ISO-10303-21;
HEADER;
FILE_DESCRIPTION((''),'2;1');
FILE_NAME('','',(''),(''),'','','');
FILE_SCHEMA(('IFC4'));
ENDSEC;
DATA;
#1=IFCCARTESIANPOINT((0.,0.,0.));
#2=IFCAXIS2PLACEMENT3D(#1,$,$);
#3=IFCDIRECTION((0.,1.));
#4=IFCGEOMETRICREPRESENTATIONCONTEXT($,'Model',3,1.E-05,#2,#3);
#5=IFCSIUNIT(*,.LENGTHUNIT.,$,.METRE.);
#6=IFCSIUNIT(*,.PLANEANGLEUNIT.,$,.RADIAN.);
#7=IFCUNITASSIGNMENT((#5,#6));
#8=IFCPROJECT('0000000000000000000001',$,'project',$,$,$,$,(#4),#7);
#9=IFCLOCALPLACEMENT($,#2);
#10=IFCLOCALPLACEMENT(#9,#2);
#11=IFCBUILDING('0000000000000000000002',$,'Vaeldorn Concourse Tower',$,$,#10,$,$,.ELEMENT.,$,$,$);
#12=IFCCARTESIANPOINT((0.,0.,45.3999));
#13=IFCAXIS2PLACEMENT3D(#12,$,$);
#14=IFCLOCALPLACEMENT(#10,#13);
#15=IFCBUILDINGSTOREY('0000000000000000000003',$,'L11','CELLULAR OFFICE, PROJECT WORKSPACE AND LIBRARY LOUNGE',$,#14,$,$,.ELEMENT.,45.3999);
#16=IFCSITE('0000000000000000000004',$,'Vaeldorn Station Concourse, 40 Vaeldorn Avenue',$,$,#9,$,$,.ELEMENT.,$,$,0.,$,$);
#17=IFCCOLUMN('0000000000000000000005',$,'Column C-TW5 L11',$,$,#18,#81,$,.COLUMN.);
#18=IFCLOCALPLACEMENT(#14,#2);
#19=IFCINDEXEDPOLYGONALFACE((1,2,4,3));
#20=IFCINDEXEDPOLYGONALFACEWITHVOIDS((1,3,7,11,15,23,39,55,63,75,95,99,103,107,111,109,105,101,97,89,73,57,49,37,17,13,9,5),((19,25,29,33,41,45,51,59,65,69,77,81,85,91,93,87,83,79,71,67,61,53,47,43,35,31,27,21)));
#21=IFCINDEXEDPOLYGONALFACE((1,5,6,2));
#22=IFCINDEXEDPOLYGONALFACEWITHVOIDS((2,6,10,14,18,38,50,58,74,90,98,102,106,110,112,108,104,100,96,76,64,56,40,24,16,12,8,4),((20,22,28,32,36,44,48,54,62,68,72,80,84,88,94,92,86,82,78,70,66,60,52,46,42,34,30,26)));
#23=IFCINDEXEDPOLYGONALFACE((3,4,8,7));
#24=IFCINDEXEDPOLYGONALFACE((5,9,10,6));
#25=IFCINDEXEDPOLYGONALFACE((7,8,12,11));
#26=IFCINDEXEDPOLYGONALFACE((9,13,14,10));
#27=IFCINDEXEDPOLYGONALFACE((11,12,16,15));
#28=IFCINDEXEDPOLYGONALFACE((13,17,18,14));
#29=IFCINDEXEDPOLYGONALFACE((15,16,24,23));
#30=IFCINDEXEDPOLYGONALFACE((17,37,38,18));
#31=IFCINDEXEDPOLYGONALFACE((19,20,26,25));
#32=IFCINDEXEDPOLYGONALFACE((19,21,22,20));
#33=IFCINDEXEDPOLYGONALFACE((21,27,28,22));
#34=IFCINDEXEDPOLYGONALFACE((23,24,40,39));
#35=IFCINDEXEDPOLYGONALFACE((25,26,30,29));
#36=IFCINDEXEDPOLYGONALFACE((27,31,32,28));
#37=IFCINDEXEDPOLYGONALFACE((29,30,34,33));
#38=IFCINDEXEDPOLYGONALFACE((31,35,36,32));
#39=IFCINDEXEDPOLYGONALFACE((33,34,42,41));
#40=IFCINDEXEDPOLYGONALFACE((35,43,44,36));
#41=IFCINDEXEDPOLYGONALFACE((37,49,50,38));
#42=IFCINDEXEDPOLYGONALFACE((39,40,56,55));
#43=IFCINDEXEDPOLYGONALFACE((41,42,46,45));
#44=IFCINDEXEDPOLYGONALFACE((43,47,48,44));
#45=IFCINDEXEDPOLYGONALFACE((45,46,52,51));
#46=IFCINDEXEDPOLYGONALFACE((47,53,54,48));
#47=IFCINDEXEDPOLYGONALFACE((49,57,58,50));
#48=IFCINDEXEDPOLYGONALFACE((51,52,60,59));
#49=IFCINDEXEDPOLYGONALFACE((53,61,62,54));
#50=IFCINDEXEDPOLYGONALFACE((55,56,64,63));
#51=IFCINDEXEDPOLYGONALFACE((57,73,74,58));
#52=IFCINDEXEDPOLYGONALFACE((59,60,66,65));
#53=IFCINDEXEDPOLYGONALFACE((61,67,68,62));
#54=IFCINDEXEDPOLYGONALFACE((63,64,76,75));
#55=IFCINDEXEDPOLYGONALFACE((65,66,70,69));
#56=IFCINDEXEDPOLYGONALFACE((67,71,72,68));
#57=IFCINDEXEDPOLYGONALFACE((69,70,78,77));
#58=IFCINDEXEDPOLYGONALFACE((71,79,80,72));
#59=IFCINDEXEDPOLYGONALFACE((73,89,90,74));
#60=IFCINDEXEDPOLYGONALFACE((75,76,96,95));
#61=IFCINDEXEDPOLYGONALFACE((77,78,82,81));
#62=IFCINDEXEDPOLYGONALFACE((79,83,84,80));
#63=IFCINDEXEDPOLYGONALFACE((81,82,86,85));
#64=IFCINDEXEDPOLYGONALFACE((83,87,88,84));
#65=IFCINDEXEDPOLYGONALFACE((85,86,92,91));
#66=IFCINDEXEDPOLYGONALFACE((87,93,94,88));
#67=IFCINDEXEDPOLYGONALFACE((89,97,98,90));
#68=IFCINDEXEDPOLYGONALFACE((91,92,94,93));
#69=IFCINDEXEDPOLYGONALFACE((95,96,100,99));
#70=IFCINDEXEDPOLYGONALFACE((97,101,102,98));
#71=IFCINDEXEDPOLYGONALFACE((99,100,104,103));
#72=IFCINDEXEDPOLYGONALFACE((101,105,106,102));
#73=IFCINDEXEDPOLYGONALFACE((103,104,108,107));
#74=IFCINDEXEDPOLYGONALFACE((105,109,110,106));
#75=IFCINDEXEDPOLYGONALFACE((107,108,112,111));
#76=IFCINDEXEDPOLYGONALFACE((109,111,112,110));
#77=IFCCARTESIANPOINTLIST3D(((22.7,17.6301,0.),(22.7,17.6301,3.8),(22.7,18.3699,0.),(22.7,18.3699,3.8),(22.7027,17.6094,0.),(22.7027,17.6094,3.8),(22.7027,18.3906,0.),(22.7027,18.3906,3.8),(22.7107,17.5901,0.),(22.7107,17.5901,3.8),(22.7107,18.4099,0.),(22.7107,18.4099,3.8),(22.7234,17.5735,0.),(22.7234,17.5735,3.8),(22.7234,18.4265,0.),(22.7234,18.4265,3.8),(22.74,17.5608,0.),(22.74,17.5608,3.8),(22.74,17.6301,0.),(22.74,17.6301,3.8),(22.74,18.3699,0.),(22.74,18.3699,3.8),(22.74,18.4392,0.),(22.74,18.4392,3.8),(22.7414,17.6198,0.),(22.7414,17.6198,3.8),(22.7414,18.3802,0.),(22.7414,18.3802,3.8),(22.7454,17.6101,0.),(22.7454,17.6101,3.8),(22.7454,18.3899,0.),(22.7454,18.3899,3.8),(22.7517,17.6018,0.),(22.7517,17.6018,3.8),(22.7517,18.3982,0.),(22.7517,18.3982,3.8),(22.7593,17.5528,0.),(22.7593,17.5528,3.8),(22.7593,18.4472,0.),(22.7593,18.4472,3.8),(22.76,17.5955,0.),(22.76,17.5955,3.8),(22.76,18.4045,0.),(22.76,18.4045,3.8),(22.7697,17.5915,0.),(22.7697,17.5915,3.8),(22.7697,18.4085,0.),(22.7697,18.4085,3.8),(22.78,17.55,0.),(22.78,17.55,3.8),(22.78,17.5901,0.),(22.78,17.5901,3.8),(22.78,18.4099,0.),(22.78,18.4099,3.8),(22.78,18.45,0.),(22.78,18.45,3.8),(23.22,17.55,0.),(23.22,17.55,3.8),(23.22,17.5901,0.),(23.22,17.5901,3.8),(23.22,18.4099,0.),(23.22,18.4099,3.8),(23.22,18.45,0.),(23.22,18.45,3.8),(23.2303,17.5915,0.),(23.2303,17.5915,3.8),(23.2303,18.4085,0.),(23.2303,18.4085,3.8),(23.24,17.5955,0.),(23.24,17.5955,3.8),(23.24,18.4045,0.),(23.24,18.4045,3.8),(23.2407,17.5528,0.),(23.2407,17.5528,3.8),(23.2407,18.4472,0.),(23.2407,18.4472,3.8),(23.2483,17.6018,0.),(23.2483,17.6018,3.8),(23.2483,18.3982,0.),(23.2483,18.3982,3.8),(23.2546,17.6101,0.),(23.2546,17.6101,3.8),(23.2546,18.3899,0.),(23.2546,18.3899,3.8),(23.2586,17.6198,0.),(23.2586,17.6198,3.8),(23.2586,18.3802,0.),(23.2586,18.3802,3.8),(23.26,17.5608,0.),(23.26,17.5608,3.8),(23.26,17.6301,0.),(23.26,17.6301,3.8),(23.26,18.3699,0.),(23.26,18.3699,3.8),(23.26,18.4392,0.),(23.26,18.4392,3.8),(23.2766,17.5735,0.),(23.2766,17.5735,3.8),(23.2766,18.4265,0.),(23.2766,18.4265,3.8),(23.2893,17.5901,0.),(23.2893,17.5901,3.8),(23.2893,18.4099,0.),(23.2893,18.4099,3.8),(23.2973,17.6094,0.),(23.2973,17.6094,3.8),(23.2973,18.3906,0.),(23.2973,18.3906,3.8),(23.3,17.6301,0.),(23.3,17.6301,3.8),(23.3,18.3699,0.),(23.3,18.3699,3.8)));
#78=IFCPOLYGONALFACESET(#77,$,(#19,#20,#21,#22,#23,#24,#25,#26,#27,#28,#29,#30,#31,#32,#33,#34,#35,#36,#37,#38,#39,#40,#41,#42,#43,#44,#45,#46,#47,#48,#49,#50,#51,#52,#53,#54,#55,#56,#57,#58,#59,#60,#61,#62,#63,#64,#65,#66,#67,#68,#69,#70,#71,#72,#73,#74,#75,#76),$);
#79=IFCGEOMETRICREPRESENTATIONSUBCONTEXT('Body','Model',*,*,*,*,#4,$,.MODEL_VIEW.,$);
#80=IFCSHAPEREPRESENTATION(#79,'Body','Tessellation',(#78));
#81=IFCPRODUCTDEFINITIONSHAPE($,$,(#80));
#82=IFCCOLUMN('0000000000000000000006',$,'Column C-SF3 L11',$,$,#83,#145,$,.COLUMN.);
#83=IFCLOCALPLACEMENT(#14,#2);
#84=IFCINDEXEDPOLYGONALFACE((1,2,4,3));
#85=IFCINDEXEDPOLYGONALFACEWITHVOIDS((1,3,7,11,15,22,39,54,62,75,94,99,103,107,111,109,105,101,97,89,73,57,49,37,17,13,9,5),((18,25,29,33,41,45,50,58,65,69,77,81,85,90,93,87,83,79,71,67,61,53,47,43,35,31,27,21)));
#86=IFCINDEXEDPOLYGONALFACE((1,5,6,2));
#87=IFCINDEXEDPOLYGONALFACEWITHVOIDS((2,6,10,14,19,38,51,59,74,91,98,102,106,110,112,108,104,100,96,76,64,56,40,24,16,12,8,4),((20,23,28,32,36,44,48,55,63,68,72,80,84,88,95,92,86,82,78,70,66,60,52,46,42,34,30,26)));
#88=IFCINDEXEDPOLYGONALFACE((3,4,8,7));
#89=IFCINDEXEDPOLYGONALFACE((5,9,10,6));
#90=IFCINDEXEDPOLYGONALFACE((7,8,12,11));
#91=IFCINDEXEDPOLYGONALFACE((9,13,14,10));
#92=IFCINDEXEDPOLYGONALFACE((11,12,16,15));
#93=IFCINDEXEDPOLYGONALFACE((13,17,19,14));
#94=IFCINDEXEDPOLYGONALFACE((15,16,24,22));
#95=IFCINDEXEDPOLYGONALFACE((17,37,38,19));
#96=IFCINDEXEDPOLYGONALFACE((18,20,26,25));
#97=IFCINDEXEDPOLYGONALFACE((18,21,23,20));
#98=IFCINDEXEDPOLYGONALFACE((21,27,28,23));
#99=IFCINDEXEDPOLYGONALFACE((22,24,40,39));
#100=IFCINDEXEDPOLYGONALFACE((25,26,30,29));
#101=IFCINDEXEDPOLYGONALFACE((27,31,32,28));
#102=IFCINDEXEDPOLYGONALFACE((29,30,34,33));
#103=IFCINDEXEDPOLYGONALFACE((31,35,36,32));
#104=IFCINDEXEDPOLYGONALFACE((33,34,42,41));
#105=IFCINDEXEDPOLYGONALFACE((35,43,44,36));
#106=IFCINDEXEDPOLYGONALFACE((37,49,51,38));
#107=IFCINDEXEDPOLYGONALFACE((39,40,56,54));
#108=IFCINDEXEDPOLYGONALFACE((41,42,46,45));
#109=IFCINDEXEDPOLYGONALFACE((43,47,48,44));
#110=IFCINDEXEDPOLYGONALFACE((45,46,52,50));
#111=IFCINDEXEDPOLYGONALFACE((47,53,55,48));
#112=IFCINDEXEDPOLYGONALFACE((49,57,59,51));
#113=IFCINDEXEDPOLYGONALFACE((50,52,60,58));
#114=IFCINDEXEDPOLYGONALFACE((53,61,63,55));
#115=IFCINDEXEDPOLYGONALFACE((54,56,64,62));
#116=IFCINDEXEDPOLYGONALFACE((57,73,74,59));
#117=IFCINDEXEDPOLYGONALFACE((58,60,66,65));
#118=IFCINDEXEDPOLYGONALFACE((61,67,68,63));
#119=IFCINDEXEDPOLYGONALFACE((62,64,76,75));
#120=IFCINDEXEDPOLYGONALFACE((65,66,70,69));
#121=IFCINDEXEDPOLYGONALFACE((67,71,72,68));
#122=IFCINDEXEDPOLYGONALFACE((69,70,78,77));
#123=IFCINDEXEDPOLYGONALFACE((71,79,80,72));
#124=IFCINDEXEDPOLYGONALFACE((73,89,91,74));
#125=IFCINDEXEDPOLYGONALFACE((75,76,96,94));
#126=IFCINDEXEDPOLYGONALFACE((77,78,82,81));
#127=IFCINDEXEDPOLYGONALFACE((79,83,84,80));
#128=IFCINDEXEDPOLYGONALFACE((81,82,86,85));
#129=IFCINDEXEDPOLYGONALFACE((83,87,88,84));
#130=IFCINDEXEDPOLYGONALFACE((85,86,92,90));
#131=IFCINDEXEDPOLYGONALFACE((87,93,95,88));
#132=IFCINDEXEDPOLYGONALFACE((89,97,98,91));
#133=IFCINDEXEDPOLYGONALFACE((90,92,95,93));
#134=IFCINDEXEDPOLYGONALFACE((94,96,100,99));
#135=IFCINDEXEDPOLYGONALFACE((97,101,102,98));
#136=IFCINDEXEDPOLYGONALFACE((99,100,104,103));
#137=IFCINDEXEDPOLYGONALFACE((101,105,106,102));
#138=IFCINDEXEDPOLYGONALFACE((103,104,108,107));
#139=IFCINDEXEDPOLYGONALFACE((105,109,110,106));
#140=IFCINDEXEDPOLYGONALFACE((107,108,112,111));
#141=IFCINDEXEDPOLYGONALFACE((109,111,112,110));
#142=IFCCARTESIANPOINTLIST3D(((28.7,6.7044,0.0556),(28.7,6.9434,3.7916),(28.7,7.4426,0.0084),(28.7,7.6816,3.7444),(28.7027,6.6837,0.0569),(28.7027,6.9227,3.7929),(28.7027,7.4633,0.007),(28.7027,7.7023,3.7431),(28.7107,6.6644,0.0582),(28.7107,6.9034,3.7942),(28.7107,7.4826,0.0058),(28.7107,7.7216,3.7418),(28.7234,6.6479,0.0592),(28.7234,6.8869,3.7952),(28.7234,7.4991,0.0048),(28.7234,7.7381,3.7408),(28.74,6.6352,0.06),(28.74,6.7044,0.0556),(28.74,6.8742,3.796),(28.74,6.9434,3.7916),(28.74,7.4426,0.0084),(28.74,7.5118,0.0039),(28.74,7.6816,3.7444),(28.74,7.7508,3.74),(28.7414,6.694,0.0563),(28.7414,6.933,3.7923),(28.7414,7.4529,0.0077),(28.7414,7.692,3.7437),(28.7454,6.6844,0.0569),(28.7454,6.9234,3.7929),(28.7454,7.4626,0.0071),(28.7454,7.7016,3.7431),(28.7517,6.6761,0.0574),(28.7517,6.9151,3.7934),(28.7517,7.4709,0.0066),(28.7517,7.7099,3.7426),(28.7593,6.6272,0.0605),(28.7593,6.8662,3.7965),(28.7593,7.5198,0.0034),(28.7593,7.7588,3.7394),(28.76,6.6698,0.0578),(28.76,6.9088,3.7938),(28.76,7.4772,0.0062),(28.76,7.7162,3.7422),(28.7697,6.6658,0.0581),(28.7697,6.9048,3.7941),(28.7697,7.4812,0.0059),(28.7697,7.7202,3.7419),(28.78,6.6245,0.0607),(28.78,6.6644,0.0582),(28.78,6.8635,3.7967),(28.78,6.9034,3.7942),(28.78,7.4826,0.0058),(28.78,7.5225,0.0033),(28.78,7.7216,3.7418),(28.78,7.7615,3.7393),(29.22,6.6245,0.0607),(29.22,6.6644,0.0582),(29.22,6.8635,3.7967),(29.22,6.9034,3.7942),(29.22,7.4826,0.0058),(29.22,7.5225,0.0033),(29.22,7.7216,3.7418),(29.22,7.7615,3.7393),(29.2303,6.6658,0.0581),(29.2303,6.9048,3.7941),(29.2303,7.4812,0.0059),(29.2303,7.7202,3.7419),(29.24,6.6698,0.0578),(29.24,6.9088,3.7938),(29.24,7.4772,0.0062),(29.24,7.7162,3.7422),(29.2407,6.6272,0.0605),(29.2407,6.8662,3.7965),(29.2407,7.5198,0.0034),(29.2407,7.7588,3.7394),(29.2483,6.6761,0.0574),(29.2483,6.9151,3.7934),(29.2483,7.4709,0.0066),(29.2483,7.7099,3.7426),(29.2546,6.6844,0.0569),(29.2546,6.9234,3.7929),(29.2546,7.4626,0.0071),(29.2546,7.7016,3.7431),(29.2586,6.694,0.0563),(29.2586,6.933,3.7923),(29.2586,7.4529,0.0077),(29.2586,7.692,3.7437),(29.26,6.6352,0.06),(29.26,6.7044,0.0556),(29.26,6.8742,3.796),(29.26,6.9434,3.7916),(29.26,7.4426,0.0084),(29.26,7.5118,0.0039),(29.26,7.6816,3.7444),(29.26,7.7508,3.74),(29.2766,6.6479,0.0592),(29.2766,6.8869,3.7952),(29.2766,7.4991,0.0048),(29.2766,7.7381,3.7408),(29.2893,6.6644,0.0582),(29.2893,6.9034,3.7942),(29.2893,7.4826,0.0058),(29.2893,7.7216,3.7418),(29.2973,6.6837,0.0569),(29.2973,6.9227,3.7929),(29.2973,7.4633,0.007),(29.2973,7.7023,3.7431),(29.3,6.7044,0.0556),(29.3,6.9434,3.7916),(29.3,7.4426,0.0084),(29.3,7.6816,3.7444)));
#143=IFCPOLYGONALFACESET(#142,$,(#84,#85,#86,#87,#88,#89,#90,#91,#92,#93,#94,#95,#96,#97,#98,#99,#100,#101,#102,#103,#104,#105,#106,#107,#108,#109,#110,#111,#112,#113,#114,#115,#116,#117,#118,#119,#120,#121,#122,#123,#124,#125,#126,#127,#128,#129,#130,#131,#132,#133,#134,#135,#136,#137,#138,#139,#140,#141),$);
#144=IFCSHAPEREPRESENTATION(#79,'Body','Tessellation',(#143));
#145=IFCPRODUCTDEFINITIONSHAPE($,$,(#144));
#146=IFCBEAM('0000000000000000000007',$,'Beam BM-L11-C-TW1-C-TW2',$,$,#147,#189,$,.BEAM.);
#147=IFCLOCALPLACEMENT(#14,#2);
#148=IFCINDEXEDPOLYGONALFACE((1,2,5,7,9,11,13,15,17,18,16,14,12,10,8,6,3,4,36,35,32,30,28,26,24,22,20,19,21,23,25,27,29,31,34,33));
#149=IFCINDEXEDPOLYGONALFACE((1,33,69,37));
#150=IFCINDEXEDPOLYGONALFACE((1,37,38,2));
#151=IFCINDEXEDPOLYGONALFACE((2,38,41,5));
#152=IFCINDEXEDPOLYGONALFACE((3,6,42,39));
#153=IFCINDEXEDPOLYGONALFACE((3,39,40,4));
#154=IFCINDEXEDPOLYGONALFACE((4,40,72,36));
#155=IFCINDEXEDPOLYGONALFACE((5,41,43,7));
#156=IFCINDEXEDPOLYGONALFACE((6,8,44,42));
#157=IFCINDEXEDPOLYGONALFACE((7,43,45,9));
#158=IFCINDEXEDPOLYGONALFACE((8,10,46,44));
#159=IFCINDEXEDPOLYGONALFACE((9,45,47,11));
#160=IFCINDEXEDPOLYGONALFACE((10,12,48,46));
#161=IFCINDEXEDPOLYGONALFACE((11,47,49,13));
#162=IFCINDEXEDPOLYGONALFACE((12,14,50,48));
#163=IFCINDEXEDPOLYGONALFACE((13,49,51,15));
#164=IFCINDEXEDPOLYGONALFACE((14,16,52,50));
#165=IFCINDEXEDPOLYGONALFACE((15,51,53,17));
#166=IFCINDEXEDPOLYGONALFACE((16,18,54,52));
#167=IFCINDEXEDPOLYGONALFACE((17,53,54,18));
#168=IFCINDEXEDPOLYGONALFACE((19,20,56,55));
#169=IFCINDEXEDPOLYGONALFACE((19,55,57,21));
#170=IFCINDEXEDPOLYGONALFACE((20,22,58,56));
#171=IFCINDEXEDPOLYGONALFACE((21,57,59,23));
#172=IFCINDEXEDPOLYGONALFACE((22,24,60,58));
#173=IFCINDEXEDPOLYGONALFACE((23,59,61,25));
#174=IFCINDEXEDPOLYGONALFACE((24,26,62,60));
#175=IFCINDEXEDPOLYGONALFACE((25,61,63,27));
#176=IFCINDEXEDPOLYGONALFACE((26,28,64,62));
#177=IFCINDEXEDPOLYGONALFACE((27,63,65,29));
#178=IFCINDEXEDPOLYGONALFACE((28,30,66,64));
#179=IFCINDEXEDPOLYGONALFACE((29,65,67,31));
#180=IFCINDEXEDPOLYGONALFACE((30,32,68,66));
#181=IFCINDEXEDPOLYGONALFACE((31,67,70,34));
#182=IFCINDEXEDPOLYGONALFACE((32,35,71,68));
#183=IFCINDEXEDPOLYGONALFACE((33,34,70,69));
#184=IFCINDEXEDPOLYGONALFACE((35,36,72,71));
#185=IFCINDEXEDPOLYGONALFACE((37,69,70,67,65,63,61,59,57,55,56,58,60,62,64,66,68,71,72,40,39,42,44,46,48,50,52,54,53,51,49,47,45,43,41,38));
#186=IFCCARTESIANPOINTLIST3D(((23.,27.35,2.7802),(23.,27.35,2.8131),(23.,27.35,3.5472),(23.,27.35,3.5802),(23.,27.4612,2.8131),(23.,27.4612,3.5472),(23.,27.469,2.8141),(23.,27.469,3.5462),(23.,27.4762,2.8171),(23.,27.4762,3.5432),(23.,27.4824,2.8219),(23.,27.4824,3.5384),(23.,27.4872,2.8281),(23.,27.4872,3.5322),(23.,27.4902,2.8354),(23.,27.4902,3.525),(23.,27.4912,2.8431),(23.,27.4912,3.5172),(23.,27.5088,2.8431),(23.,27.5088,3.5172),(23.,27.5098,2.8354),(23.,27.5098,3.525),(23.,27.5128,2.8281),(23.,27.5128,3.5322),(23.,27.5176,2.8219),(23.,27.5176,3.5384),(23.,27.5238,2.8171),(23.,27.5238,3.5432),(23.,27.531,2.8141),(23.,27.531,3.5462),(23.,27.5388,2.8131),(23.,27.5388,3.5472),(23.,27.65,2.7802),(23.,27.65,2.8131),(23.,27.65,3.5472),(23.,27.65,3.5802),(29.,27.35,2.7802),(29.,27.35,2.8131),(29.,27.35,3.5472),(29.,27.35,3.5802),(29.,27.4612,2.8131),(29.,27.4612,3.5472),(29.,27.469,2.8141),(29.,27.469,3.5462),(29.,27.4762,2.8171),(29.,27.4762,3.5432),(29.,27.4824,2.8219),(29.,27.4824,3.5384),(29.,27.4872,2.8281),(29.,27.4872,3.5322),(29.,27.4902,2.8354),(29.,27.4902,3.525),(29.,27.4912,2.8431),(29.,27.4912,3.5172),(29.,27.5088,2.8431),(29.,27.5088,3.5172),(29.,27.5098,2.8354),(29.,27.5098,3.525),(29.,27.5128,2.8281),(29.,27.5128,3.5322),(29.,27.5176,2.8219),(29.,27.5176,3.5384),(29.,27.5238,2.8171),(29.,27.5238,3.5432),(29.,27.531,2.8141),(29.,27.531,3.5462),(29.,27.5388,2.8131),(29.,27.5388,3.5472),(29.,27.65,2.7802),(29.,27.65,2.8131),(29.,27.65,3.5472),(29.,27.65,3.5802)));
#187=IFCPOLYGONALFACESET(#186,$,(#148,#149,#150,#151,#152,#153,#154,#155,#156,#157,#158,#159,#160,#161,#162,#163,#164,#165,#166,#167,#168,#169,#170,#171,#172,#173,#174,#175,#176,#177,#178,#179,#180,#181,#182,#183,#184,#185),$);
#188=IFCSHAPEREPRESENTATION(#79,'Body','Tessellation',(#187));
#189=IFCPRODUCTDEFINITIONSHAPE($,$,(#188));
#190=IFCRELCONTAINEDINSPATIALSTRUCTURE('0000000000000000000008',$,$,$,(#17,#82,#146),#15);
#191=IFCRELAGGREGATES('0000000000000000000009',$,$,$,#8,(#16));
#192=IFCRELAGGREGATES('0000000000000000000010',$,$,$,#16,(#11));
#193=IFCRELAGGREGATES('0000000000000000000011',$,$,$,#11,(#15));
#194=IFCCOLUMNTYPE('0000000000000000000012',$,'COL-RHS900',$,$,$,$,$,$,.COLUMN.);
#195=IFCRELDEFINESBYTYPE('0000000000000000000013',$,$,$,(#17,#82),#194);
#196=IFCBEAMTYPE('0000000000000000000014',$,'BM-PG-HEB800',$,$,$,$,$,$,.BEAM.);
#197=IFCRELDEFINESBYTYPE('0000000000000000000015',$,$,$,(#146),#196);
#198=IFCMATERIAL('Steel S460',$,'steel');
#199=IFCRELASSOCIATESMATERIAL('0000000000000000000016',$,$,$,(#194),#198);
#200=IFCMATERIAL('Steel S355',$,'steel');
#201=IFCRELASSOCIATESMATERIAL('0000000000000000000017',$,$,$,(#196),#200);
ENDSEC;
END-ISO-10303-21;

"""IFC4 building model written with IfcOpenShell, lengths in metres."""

from ifc_helpers import new_model, si_unit, direction, frame, origin, origin_2d, place, context, subcontext, project, spatial, hollow_rectangle, i_section, extrude, source, transform, mapped, material, material_profile, profile_set, type_object, element, save


model = new_model("IFC4")

# Units and contexts
model_context = context("Model", 3, precision=1e-05, world=origin(), true_north=direction((0.0, 1.0)))
body_context = subcontext(model_context, "Body", "Model", "MODEL_VIEW")
ifc_project = project(units=[si_unit("LENGTHUNIT", "METRE"), si_unit("PLANEANGLEUNIT", "RADIAN")], contexts=[model_context])

# Site, building, storey
site_placement = place(None, origin())
site = spatial("IfcSite", under=ifc_project, at=site_placement, Name="Vaeldorn Station Concourse, 40 Vaeldorn Avenue", CompositionType="ELEMENT", RefElevation=0.0)
building_placement = place(site_placement, origin())
building = spatial("IfcBuilding", under=site, at=building_placement, Name="Vaeldorn Concourse Tower", CompositionType="ELEMENT")
storey_placement = place(building_placement, frame((0.0, 0.0, 45.3999)))
storey = spatial("IfcBuildingStorey", under=building, at=storey_placement, Name="L11", Description="CELLULAR OFFICE, PROJECT WORKSPACE AND LIBRARY LOUNGE", CompositionType="ELEMENT", Elevation=45.3999)

# Columns
ifc_material_1 = material(Name="Steel S460", Category="steel")
ifc_material_profile_1 = material_profile(ifc_material_1, hollow_rectangle(XDim=0.6001, YDim=0.8999, WallThickness=0.04, InnerFilletRadius=0.04, OuterFilletRadius=0.0801, at=origin_2d()), Name="RHS 900x600x40")
ifc_profile_set_1 = profile_set([ifc_material_profile_1], Name="Steel S460")
column_type_1 = type_object("IfcColumnType", Name="COL-RHS900", PredefinedType="COLUMN", material=ifc_profile_set_1)
shared_shape_1 = source(origin(), body_context, "Body", "SweptSolid", [
    extrude(hollow_rectangle(XDim=0.6001, YDim=0.8999, WallThickness=0.04, InnerFilletRadius=0.04, OuterFilletRadius=0.0801, at=origin_2d()), origin(), (0.0, 0.0, 1.0), 3.8),
])
for number, where, z_axis, x_axis, name in (
    (1, (23.0, 18.0, 0.0), (0.0, 0.0, 1.0), (1.0, 0.0, 0.0), "Column C-TW5 L11"),
):
    element("IfcColumn", number, at=place(storey_placement, frame(where, z_axis=z_axis, x_axis=x_axis)), inside=storey, type_object=column_type_1, Name=name, PredefinedType="COLUMN", context=body_context, shape_type="MappedRepresentation", body=[
        mapped(shared_shape_1, transform((0.0, 0.0, 0.0), scale=1.0)),
    ])
shared_shape_2 = source(origin(), body_context, "Body", "SweptSolid", [
    extrude(hollow_rectangle(XDim=0.6001, YDim=0.8999, WallThickness=0.04, InnerFilletRadius=0.04, OuterFilletRadius=0.0801, at=origin_2d()), origin(), (0.0, 0.0, 1.0), 3.7437),
])
column_1_placement = place(storey_placement, frame((29.0, 7.0735, 0.032), z_axis=(0.0, 0.063844, 0.99796), x_axis=(-1.0, 0.0, 0.0)))
element("IfcColumn", 2, at=column_1_placement, inside=storey, type_object=column_type_1, Name="Column C-SF3 L11", PredefinedType="COLUMN", context=body_context, shape_type="MappedRepresentation", body=[
    mapped(shared_shape_2, transform((0.0, 0.0, 0.0), scale=1.0)),
])

# Beam
ifc_material_2 = material(Name="Steel S355", Category="steel")
ifc_material_profile_2 = material_profile(ifc_material_2, i_section(OverallWidth=0.3, OverallDepth=0.8, WebThickness=0.0176, FlangeThickness=0.033, FilletRadius=0.03, at=origin_2d()), Name="HEB 800")
ifc_profile_set_2 = profile_set([ifc_material_profile_2], Name="Steel S355")
beam_type_1 = type_object("IfcBeamType", Name="BM-PG-HEB800", PredefinedType="BEAM", material=ifc_profile_set_2)
shared_shape_3 = source(origin(), body_context, "Body", "SweptSolid", [
    extrude(i_section(OverallWidth=0.3, OverallDepth=0.8, WebThickness=0.0176, FlangeThickness=0.033, FilletRadius=0.03, at=origin_2d()), origin(), (0.0, 0.0, 1.0), 6.0),
])
beam_1_placement = place(storey_placement, frame((23.0, 27.5, 3.1802), z_axis=(1.0, 0.0, 0.0), x_axis=(0.0, 1.0, 0.0)))
element("IfcBeam", 3, at=beam_1_placement, inside=storey, type_object=beam_type_1, Name="Beam BM-L11-C-TW1-C-TW2", PredefinedType="BEAM", context=body_context, shape_type="MappedRepresentation", body=[
    mapped(shared_shape_3, transform((0.0, 0.0, 0.0), scale=1.0)),
])

save(model, "model.ifc")
